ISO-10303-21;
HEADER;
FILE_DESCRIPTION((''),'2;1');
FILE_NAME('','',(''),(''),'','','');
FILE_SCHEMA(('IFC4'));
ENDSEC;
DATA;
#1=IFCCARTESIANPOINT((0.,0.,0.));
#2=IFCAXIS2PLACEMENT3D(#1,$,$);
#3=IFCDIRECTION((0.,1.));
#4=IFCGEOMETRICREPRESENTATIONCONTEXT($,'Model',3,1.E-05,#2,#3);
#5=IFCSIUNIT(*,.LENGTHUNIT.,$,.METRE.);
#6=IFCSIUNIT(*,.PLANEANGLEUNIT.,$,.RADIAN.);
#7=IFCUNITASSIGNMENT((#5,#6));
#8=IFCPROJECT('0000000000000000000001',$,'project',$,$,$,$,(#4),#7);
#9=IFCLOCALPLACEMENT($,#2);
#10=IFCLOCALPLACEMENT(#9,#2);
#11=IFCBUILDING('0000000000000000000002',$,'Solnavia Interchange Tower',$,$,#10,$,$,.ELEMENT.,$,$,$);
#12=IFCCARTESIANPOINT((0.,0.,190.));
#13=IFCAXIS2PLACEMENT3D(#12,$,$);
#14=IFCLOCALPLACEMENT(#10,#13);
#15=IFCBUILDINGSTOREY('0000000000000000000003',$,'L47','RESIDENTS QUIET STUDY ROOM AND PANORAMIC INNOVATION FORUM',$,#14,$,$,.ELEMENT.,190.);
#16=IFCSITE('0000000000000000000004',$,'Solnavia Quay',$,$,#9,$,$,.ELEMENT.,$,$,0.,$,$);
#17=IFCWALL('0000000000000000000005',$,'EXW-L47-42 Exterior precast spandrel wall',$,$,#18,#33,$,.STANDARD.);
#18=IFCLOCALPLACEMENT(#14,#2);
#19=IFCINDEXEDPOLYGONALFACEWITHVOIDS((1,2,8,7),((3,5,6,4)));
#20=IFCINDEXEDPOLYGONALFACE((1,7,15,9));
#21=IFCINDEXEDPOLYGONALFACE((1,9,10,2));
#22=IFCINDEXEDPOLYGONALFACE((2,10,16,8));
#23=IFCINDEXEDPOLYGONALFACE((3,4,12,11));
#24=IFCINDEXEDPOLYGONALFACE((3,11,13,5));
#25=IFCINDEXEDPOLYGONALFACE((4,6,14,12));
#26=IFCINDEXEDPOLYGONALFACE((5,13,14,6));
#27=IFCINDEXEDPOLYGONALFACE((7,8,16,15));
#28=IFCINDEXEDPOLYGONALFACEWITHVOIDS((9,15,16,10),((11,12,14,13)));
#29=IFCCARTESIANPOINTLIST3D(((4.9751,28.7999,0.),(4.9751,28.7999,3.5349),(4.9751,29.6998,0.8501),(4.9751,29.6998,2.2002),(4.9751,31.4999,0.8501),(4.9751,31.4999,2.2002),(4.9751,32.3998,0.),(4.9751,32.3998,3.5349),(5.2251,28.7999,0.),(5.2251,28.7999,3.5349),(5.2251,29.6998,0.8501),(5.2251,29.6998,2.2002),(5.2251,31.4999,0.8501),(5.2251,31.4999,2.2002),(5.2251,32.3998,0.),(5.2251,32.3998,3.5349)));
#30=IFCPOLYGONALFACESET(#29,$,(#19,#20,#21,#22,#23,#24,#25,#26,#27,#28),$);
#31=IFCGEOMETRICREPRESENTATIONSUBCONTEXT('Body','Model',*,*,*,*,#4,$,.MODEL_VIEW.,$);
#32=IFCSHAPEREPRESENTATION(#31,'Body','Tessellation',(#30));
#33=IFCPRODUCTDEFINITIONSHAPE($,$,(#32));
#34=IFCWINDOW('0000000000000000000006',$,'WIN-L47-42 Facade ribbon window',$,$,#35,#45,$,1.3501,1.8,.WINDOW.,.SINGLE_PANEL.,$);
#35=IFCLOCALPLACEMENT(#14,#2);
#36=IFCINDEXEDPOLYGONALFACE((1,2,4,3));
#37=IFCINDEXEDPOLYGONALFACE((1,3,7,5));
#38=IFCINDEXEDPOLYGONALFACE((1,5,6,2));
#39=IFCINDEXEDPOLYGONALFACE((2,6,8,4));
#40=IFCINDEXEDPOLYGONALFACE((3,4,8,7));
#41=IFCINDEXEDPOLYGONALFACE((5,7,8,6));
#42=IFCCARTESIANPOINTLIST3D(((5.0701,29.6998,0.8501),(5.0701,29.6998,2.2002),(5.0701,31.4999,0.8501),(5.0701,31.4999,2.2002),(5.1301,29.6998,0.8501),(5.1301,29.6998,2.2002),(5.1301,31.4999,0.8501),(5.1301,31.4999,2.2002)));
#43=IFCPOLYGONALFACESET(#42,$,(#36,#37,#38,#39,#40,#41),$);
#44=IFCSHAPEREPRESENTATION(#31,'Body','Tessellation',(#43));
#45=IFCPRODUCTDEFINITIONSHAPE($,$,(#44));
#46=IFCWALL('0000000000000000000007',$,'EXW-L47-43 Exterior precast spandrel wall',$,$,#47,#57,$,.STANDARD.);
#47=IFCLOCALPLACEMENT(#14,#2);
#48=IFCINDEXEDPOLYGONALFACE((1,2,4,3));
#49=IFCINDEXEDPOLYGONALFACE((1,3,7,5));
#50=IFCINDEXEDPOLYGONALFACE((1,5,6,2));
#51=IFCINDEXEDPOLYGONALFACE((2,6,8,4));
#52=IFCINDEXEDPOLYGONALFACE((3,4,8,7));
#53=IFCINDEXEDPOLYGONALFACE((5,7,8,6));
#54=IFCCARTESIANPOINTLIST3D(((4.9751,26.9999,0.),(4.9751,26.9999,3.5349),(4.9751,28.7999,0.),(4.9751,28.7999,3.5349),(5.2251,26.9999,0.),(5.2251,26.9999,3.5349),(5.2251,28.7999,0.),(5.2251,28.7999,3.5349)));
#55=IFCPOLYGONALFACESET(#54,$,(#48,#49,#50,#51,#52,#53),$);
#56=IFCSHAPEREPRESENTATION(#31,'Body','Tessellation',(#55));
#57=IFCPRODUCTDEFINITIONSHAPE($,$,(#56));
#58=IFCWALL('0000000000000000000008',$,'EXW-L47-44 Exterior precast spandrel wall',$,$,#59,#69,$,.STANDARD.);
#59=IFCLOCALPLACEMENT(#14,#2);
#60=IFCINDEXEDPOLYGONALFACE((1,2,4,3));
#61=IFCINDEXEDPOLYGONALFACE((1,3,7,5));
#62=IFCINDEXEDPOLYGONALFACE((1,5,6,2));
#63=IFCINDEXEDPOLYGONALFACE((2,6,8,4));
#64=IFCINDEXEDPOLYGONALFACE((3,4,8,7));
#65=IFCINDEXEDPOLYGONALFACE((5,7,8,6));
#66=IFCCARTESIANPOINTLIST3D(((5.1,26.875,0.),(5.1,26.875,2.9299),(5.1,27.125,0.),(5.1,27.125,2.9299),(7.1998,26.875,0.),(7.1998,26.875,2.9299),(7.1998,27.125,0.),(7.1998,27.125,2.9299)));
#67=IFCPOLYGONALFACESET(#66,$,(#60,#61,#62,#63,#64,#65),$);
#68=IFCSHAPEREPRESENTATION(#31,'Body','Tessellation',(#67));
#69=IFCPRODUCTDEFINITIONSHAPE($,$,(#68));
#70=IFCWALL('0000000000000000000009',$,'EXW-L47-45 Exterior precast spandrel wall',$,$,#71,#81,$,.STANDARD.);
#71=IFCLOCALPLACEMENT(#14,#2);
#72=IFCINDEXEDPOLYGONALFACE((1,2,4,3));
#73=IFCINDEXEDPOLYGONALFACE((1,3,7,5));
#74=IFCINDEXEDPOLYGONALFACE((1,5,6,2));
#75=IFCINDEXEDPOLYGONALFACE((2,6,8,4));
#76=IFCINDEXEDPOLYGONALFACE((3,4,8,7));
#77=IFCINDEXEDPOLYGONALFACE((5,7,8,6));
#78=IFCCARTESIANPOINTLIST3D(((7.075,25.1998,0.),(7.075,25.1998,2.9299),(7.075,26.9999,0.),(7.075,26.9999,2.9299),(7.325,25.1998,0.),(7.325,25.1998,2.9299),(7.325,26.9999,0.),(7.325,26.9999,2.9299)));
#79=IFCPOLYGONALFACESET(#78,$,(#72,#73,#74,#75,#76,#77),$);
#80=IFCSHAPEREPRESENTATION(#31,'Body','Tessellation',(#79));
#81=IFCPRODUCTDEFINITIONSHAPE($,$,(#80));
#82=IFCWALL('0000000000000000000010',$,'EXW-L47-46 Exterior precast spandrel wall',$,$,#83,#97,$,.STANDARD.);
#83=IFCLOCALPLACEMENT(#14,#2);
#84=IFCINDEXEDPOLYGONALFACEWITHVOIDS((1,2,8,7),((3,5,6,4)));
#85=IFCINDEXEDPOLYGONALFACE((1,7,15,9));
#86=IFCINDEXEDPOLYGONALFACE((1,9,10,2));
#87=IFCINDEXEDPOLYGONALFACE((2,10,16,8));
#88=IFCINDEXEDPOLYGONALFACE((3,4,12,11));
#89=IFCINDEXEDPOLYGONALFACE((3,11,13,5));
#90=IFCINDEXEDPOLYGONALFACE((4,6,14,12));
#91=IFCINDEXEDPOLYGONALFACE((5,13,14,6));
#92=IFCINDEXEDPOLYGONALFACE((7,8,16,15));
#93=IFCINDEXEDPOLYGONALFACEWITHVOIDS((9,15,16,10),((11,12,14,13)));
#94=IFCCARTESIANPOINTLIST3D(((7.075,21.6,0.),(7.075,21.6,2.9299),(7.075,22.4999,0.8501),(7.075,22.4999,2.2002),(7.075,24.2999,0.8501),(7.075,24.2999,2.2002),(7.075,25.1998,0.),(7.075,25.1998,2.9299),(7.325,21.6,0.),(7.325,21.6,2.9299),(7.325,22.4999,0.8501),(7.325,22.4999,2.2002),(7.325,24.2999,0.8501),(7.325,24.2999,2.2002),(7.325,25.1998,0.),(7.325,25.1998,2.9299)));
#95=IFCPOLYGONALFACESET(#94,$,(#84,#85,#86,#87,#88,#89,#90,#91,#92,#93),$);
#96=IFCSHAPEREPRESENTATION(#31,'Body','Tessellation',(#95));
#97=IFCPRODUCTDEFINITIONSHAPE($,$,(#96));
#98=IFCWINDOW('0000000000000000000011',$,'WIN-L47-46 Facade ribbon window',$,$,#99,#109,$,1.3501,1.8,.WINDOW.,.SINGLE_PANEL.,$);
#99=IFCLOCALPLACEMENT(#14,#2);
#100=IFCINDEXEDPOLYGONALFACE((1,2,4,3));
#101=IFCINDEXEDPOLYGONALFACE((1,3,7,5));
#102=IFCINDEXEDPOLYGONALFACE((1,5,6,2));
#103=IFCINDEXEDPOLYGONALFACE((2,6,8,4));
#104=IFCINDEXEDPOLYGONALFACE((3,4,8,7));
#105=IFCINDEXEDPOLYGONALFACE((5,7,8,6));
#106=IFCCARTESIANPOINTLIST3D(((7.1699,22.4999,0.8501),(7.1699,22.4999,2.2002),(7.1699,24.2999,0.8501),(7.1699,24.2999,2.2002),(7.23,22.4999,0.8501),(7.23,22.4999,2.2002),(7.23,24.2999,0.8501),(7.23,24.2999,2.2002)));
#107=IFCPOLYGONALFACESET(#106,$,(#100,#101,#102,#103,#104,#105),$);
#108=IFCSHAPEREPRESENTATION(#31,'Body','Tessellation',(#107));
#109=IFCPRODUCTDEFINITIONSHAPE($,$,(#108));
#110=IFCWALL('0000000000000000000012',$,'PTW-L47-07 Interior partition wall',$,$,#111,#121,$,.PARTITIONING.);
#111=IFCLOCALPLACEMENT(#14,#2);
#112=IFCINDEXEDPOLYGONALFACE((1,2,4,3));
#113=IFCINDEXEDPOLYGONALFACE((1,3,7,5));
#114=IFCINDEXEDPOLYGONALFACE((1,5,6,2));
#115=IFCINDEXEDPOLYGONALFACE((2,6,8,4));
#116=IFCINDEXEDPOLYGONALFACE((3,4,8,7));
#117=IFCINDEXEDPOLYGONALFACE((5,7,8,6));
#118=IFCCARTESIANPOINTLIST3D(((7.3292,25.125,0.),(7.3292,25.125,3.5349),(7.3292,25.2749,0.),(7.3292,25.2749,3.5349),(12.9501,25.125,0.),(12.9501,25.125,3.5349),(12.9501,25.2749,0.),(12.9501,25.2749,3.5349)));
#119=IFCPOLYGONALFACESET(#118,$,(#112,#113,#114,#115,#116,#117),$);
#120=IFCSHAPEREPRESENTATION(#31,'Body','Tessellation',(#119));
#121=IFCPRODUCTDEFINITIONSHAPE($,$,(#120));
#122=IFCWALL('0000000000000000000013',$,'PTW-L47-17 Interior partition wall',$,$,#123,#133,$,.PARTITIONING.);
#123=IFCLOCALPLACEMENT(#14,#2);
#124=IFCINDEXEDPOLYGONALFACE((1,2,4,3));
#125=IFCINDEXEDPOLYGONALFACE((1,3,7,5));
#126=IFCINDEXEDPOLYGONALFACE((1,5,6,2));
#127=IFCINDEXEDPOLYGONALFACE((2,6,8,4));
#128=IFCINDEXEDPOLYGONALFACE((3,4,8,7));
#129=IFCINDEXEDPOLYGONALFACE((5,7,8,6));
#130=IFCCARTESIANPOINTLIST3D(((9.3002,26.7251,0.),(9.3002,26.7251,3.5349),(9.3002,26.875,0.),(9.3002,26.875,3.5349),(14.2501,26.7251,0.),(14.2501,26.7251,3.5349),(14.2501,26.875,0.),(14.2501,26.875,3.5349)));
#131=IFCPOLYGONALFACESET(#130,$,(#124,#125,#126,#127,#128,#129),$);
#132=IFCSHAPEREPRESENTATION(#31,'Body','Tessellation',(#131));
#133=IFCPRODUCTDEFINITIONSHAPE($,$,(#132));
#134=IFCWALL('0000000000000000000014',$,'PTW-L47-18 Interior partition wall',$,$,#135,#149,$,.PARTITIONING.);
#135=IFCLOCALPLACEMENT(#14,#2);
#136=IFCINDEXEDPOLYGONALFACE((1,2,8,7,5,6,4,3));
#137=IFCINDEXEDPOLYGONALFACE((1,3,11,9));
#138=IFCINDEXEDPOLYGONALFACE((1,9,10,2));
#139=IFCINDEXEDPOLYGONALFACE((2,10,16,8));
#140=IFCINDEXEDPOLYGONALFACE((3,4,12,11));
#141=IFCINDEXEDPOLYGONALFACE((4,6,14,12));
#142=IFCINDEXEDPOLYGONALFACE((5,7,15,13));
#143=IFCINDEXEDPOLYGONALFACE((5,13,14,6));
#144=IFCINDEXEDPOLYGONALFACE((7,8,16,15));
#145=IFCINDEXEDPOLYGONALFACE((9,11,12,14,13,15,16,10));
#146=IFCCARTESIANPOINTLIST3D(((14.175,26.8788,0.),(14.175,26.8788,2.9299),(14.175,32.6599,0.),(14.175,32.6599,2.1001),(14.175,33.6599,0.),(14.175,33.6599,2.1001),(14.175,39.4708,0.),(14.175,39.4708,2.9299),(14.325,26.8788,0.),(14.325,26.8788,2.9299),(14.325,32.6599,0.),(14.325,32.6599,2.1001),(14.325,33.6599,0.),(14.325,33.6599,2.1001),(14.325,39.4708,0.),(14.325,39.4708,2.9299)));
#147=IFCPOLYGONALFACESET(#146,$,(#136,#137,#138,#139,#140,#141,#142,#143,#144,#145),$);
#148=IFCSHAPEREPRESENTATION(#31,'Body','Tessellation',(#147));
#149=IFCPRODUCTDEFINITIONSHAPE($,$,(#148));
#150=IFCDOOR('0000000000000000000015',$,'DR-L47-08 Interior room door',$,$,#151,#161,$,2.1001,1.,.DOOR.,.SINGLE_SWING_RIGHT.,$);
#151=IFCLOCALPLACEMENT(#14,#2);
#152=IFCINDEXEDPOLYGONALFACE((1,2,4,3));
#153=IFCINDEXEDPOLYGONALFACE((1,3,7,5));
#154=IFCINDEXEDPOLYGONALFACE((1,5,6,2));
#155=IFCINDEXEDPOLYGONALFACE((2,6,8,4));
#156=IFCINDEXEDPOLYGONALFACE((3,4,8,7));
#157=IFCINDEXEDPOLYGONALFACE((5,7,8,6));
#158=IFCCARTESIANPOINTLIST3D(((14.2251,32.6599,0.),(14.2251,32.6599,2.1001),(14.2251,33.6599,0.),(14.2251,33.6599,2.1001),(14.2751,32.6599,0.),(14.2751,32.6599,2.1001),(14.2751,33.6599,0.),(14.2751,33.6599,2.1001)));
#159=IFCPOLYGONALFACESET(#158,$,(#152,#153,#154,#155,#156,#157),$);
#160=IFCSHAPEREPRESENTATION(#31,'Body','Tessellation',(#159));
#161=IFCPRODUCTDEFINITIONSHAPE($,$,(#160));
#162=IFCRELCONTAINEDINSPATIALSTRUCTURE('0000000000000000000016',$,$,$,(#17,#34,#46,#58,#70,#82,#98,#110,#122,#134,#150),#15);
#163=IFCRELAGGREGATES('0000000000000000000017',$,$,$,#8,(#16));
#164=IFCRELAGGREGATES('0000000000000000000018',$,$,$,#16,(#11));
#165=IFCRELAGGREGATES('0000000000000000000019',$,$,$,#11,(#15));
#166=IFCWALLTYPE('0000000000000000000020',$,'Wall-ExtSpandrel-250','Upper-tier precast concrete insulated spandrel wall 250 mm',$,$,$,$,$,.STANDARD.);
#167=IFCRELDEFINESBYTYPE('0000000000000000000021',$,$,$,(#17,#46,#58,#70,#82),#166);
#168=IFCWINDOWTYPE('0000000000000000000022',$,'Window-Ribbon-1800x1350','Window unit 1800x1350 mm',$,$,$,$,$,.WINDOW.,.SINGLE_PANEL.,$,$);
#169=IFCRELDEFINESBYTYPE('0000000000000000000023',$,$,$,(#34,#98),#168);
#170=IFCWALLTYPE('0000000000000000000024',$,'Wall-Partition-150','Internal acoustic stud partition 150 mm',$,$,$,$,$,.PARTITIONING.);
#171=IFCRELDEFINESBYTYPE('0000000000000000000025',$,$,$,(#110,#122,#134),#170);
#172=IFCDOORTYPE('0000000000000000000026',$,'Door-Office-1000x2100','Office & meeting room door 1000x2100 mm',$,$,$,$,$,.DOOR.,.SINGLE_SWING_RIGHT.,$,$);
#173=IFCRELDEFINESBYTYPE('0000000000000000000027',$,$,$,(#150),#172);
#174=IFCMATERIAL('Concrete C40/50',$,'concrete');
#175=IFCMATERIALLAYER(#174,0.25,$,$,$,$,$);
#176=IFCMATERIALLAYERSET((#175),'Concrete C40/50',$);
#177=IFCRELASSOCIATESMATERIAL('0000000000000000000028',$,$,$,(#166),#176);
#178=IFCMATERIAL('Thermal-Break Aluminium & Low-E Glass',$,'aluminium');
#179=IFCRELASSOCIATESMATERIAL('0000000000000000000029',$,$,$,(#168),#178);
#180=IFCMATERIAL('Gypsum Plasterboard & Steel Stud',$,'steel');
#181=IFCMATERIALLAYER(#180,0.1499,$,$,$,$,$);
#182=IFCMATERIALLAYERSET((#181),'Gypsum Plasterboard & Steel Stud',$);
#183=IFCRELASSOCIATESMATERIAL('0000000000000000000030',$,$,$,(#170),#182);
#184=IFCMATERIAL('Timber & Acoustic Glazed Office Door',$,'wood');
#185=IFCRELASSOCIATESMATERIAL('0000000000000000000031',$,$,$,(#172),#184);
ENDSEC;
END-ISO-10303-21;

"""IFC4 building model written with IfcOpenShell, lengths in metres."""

from ifc_helpers import new_model, si_unit, direction, frame, frame_2d, origin, place, context, subcontext, project, spatial, rectangle, extrude, material, layer, layer_set, type_object, element, fill, save


model = new_model("IFC4")

# Units and contexts
model_context = context("Model", 3, precision=1e-05, world=origin(), true_north=direction((0.0, 1.0)))
body_context = subcontext(model_context, "Body", "Model", "MODEL_VIEW")
ifc_project = project(units=[si_unit("LENGTHUNIT", "METRE"), si_unit("PLANEANGLEUNIT", "RADIAN")], contexts=[model_context])

# Site, building, storey
site_placement = place(None, origin())
site = spatial("IfcSite", under=ifc_project, at=site_placement, Name="Solnavia Quay", CompositionType="ELEMENT", RefElevation=0.0)
building_placement = place(site_placement, origin())
building = spatial("IfcBuilding", under=site, at=building_placement, Name="Solnavia Interchange Tower", CompositionType="ELEMENT")
storey_placement = place(building_placement, frame((0.0, 0.0, 190.0)))
storey = spatial("IfcBuildingStorey", under=building, at=storey_placement, Name="L47", Description="RESIDENTS QUIET STUDY ROOM AND PANORAMIC INNOVATION FORUM", CompositionType="ELEMENT", Elevation=190.0)

# Shared definitions
ifc_material_1 = material(Name="Concrete C40/50", Category="concrete")
ifc_layer_1 = layer(ifc_material_1, 0.25)
ifc_layer_set_1 = layer_set([ifc_layer_1], Name="Concrete C40/50")
wall_type_1 = type_object("IfcWallType", Name="Wall-ExtSpandrel-250", Description="Upper-tier precast concrete insulated spandrel wall 250 mm", PredefinedType="STANDARD", material=ifc_layer_set_1)

# Wall, opening, window
wall_1_placement = place(storey_placement, frame((5.1001, 28.8, 0.0), z_axis=(0.0, 0.0, 1.0), x_axis=(0.0, 1.0, 0.0)))
wall_1 = element("IfcWall", 1, at=wall_1_placement, inside=storey, type_object=wall_type_1, Name="EXW-L47-42 Exterior precast spandrel wall", PredefinedType="STANDARD", context=body_context, shape_type="SweptSolid", body=[
    extrude(rectangle(XDim=3.5999, YDim=0.25, at=frame_2d((1.7998, 0.0))), origin(), (0.0, 0.0, 1.0), 3.5349),
])
opening_1_placement = place(wall_1_placement, frame((0.8999, 0.0, 0.8501)))
opening_1 = element("IfcOpeningElement", 2, at=opening_1_placement, cuts=wall_1, PredefinedType="OPENING", context=body_context, shape_type="SweptSolid", body=[
    extrude(rectangle(XDim=1.8, YDim=1.3501, at=frame_2d((0.8999, 0.675))), frame((0.0, 0.135, 0.0), z_axis=(0.0, -1.0, 0.0), x_axis=(1.0, 0.0, 0.0)), (0.0, 0.0, 1.0), 0.27),
])
ifc_material_2 = material(Name="Thermal-Break Aluminium & Low-E Glass", Category="aluminium")
window_type = type_object("IfcWindowType", Name="Window-Ribbon-1800x1350", Description="Window unit 1800x1350 mm", PartitioningType="SINGLE_PANEL", PredefinedType="WINDOW", material=ifc_material_2)
window_1_placement = place(opening_1_placement, origin())
window_1 = element("IfcWindow", 3, at=window_1_placement, inside=storey, type_object=window_type, Name="WIN-L47-42 Facade ribbon window", OverallHeight=1.3501, OverallWidth=1.8, PartitioningType="SINGLE_PANEL", PredefinedType="WINDOW", context=body_context, shape_type="SweptSolid", body=[
    extrude(rectangle(XDim=1.8, YDim=1.3501, at=frame_2d((0.8999, 0.675))), frame((0.0, 0.03, 0.0), z_axis=(0.0, -1.0, 0.0), x_axis=(1.0, 0.0, 0.0)), (0.0, 0.0, 1.0), 0.0601),
])
fill(opening_1, window_1)

# Walls
wall_2_placement = place(storey_placement, frame((5.1001, 27.0, 0.0), z_axis=(0.0, 0.0, 1.0), x_axis=(0.0, 1.0, 0.0)))
element("IfcWall", 4, at=wall_2_placement, inside=storey, type_object=wall_type_1, Name="EXW-L47-43 Exterior precast spandrel wall", PredefinedType="STANDARD", context=body_context, shape_type="SweptSolid", body=[
    extrude(rectangle(XDim=1.8, YDim=0.25, at=frame_2d((0.8999, 0.0))), origin(), (0.0, 0.0, 1.0), 3.5349),
])
wall_3_placement = place(storey_placement, frame((5.1001, 27.0, 0.0), z_axis=(0.0, 0.0, 1.0), x_axis=(1.0, 0.0, 0.0)))
element("IfcWall", 5, at=wall_3_placement, inside=storey, type_object=wall_type_1, Name="EXW-L47-44 Exterior precast spandrel wall", PredefinedType="STANDARD", context=body_context, shape_type="SweptSolid", body=[
    extrude(rectangle(XDim=2.0999, YDim=0.25, at=frame_2d((1.0498, 0.0))), origin(), (0.0, 0.0, 1.0), 2.9299),
])
wall_4_placement = place(storey_placement, frame((7.2, 25.2, 0.0), z_axis=(0.0, 0.0, 1.0), x_axis=(0.0, 1.0, 0.0)))
element("IfcWall", 6, at=wall_4_placement, inside=storey, type_object=wall_type_1, Name="EXW-L47-45 Exterior precast spandrel wall", PredefinedType="STANDARD", context=body_context, shape_type="SweptSolid", body=[
    extrude(rectangle(XDim=1.8, YDim=0.25, at=frame_2d((0.8999, 0.0))), origin(), (0.0, 0.0, 1.0), 2.9299),
])

# Wall, opening, window
wall_5_placement = place(storey_placement, frame((7.2, 21.6001, 0.0), z_axis=(0.0, 0.0, 1.0), x_axis=(0.0, 1.0, 0.0)))
wall_5 = element("IfcWall", 7, at=wall_5_placement, inside=storey, type_object=wall_type_1, Name="EXW-L47-46 Exterior precast spandrel wall", PredefinedType="STANDARD", context=body_context, shape_type="SweptSolid", body=[
    extrude(rectangle(XDim=3.5999, YDim=0.25, at=frame_2d((1.7998, 0.0))), origin(), (0.0, 0.0, 1.0), 2.9299),
])
opening_2_placement = place(wall_5_placement, frame((0.8999, 0.0, 0.8501)))
opening_2 = element("IfcOpeningElement", 8, at=opening_2_placement, cuts=wall_5, PredefinedType="OPENING", context=body_context, shape_type="SweptSolid", body=[
    extrude(rectangle(XDim=1.8, YDim=1.3501, at=frame_2d((0.8999, 0.675))), frame((0.0, 0.135, 0.0), z_axis=(0.0, -1.0, 0.0), x_axis=(1.0, 0.0, 0.0)), (0.0, 0.0, 1.0), 0.27),
])
window_2_placement = place(opening_2_placement, origin())
window_2 = element("IfcWindow", 9, at=window_2_placement, inside=storey, type_object=window_type, Name="WIN-L47-46 Facade ribbon window", OverallHeight=1.3501, OverallWidth=1.8, PartitioningType="SINGLE_PANEL", PredefinedType="WINDOW", context=body_context, shape_type="SweptSolid", body=[
    extrude(rectangle(XDim=1.8, YDim=1.3501, at=frame_2d((0.8999, 0.675))), frame((0.0, 0.03, 0.0), z_axis=(0.0, -1.0, 0.0), x_axis=(1.0, 0.0, 0.0)), (0.0, 0.0, 1.0), 0.0601),
])
fill(opening_2, window_2)

# Walls
ifc_material_3 = material(Name="Gypsum Plasterboard & Steel Stud", Category="steel")
ifc_layer_2 = layer(ifc_material_3, 0.1499)
ifc_layer_set_2 = layer_set([ifc_layer_2], Name="Gypsum Plasterboard & Steel Stud")
wall_type_2 = type_object("IfcWallType", Name="Wall-Partition-150", Description="Internal acoustic stud partition 150 mm", PredefinedType="PARTITIONING", material=ifc_layer_set_2)
wall_6_placement = place(storey_placement, frame((7.3291, 25.2, 0.0), z_axis=(0.0, 0.0, 1.0), x_axis=(1.0, 0.0, 0.0)))
element("IfcWall", 10, at=wall_6_placement, inside=storey, type_object=wall_type_2, Name="PTW-L47-07 Interior partition wall", PredefinedType="PARTITIONING", context=body_context, shape_type="SweptSolid", body=[
    extrude(rectangle(XDim=5.6208, YDim=0.1499, at=frame_2d((2.8105, 0.0))), origin(), (0.0, 0.0, 1.0), 3.5349),
])
wall_7_placement = place(storey_placement, frame((9.3, 26.8, 0.0), z_axis=(0.0, 0.0, 1.0), x_axis=(1.0, 0.0, 0.0)))
element("IfcWall", 11, at=wall_7_placement, inside=storey, type_object=wall_type_2, Name="PTW-L47-17 Interior partition wall", PredefinedType="PARTITIONING", context=body_context, shape_type="SweptSolid", body=[
    extrude(rectangle(XDim=4.95, YDim=0.1499, at=frame_2d((2.4751, 0.0))), origin(), (0.0, 0.0, 1.0), 3.5349),
])

# Wall, opening, door
wall_8_placement = place(storey_placement, frame((14.25, 26.8789, 0.0), z_axis=(0.0, 0.0, 1.0), x_axis=(0.0, 1.0, 0.0)))
wall_8 = element("IfcWall", 12, at=wall_8_placement, inside=storey, type_object=wall_type_2, Name="PTW-L47-18 Interior partition wall", PredefinedType="PARTITIONING", context=body_context, shape_type="SweptSolid", body=[
    extrude(rectangle(XDim=12.592, YDim=0.1499, at=frame_2d((6.2959, 0.0))), origin(), (0.0, 0.0, 1.0), 2.9299),
])
opening_3_placement = place(wall_8_placement, frame((5.781, 0.0, 0.0)))
opening_3 = element("IfcOpeningElement", 13, at=opening_3_placement, cuts=wall_8, PredefinedType="OPENING", context=body_context, shape_type="SweptSolid", body=[
    extrude(rectangle(XDim=1.0, YDim=2.1001, at=frame_2d((0.5, 1.05))), frame((0.0, 0.085, 0.0), z_axis=(0.0, -1.0, 0.0), x_axis=(1.0, 0.0, 0.0)), (0.0, 0.0, 1.0), 0.1699),
])
ifc_material_4 = material(Name="Timber & Acoustic Glazed Office Door", Category="wood")
door_type = type_object("IfcDoorType", Name="Door-Office-1000x2100", Description="Office & meeting room door 1000x2100 mm", OperationType="SINGLE_SWING_RIGHT", PredefinedType="DOOR", material=ifc_material_4)
door_placement = place(opening_3_placement, origin())
door = element("IfcDoor", 14, at=door_placement, inside=storey, type_object=door_type, Name="DR-L47-08 Interior room door", OperationType="SINGLE_SWING_RIGHT", OverallHeight=2.1001, OverallWidth=1.0, PredefinedType="DOOR", context=body_context, shape_type="SweptSolid", body=[
    extrude(rectangle(XDim=1.0, YDim=2.1001, at=frame_2d((0.5, 1.05))), frame((0.0, 0.0249, 0.0), z_axis=(0.0, -1.0, 0.0), x_axis=(1.0, 0.0, 0.0)), (0.0, 0.0, 1.0), 0.05),
])
fill(opening_3, door)

save(model, "model.ifc")
